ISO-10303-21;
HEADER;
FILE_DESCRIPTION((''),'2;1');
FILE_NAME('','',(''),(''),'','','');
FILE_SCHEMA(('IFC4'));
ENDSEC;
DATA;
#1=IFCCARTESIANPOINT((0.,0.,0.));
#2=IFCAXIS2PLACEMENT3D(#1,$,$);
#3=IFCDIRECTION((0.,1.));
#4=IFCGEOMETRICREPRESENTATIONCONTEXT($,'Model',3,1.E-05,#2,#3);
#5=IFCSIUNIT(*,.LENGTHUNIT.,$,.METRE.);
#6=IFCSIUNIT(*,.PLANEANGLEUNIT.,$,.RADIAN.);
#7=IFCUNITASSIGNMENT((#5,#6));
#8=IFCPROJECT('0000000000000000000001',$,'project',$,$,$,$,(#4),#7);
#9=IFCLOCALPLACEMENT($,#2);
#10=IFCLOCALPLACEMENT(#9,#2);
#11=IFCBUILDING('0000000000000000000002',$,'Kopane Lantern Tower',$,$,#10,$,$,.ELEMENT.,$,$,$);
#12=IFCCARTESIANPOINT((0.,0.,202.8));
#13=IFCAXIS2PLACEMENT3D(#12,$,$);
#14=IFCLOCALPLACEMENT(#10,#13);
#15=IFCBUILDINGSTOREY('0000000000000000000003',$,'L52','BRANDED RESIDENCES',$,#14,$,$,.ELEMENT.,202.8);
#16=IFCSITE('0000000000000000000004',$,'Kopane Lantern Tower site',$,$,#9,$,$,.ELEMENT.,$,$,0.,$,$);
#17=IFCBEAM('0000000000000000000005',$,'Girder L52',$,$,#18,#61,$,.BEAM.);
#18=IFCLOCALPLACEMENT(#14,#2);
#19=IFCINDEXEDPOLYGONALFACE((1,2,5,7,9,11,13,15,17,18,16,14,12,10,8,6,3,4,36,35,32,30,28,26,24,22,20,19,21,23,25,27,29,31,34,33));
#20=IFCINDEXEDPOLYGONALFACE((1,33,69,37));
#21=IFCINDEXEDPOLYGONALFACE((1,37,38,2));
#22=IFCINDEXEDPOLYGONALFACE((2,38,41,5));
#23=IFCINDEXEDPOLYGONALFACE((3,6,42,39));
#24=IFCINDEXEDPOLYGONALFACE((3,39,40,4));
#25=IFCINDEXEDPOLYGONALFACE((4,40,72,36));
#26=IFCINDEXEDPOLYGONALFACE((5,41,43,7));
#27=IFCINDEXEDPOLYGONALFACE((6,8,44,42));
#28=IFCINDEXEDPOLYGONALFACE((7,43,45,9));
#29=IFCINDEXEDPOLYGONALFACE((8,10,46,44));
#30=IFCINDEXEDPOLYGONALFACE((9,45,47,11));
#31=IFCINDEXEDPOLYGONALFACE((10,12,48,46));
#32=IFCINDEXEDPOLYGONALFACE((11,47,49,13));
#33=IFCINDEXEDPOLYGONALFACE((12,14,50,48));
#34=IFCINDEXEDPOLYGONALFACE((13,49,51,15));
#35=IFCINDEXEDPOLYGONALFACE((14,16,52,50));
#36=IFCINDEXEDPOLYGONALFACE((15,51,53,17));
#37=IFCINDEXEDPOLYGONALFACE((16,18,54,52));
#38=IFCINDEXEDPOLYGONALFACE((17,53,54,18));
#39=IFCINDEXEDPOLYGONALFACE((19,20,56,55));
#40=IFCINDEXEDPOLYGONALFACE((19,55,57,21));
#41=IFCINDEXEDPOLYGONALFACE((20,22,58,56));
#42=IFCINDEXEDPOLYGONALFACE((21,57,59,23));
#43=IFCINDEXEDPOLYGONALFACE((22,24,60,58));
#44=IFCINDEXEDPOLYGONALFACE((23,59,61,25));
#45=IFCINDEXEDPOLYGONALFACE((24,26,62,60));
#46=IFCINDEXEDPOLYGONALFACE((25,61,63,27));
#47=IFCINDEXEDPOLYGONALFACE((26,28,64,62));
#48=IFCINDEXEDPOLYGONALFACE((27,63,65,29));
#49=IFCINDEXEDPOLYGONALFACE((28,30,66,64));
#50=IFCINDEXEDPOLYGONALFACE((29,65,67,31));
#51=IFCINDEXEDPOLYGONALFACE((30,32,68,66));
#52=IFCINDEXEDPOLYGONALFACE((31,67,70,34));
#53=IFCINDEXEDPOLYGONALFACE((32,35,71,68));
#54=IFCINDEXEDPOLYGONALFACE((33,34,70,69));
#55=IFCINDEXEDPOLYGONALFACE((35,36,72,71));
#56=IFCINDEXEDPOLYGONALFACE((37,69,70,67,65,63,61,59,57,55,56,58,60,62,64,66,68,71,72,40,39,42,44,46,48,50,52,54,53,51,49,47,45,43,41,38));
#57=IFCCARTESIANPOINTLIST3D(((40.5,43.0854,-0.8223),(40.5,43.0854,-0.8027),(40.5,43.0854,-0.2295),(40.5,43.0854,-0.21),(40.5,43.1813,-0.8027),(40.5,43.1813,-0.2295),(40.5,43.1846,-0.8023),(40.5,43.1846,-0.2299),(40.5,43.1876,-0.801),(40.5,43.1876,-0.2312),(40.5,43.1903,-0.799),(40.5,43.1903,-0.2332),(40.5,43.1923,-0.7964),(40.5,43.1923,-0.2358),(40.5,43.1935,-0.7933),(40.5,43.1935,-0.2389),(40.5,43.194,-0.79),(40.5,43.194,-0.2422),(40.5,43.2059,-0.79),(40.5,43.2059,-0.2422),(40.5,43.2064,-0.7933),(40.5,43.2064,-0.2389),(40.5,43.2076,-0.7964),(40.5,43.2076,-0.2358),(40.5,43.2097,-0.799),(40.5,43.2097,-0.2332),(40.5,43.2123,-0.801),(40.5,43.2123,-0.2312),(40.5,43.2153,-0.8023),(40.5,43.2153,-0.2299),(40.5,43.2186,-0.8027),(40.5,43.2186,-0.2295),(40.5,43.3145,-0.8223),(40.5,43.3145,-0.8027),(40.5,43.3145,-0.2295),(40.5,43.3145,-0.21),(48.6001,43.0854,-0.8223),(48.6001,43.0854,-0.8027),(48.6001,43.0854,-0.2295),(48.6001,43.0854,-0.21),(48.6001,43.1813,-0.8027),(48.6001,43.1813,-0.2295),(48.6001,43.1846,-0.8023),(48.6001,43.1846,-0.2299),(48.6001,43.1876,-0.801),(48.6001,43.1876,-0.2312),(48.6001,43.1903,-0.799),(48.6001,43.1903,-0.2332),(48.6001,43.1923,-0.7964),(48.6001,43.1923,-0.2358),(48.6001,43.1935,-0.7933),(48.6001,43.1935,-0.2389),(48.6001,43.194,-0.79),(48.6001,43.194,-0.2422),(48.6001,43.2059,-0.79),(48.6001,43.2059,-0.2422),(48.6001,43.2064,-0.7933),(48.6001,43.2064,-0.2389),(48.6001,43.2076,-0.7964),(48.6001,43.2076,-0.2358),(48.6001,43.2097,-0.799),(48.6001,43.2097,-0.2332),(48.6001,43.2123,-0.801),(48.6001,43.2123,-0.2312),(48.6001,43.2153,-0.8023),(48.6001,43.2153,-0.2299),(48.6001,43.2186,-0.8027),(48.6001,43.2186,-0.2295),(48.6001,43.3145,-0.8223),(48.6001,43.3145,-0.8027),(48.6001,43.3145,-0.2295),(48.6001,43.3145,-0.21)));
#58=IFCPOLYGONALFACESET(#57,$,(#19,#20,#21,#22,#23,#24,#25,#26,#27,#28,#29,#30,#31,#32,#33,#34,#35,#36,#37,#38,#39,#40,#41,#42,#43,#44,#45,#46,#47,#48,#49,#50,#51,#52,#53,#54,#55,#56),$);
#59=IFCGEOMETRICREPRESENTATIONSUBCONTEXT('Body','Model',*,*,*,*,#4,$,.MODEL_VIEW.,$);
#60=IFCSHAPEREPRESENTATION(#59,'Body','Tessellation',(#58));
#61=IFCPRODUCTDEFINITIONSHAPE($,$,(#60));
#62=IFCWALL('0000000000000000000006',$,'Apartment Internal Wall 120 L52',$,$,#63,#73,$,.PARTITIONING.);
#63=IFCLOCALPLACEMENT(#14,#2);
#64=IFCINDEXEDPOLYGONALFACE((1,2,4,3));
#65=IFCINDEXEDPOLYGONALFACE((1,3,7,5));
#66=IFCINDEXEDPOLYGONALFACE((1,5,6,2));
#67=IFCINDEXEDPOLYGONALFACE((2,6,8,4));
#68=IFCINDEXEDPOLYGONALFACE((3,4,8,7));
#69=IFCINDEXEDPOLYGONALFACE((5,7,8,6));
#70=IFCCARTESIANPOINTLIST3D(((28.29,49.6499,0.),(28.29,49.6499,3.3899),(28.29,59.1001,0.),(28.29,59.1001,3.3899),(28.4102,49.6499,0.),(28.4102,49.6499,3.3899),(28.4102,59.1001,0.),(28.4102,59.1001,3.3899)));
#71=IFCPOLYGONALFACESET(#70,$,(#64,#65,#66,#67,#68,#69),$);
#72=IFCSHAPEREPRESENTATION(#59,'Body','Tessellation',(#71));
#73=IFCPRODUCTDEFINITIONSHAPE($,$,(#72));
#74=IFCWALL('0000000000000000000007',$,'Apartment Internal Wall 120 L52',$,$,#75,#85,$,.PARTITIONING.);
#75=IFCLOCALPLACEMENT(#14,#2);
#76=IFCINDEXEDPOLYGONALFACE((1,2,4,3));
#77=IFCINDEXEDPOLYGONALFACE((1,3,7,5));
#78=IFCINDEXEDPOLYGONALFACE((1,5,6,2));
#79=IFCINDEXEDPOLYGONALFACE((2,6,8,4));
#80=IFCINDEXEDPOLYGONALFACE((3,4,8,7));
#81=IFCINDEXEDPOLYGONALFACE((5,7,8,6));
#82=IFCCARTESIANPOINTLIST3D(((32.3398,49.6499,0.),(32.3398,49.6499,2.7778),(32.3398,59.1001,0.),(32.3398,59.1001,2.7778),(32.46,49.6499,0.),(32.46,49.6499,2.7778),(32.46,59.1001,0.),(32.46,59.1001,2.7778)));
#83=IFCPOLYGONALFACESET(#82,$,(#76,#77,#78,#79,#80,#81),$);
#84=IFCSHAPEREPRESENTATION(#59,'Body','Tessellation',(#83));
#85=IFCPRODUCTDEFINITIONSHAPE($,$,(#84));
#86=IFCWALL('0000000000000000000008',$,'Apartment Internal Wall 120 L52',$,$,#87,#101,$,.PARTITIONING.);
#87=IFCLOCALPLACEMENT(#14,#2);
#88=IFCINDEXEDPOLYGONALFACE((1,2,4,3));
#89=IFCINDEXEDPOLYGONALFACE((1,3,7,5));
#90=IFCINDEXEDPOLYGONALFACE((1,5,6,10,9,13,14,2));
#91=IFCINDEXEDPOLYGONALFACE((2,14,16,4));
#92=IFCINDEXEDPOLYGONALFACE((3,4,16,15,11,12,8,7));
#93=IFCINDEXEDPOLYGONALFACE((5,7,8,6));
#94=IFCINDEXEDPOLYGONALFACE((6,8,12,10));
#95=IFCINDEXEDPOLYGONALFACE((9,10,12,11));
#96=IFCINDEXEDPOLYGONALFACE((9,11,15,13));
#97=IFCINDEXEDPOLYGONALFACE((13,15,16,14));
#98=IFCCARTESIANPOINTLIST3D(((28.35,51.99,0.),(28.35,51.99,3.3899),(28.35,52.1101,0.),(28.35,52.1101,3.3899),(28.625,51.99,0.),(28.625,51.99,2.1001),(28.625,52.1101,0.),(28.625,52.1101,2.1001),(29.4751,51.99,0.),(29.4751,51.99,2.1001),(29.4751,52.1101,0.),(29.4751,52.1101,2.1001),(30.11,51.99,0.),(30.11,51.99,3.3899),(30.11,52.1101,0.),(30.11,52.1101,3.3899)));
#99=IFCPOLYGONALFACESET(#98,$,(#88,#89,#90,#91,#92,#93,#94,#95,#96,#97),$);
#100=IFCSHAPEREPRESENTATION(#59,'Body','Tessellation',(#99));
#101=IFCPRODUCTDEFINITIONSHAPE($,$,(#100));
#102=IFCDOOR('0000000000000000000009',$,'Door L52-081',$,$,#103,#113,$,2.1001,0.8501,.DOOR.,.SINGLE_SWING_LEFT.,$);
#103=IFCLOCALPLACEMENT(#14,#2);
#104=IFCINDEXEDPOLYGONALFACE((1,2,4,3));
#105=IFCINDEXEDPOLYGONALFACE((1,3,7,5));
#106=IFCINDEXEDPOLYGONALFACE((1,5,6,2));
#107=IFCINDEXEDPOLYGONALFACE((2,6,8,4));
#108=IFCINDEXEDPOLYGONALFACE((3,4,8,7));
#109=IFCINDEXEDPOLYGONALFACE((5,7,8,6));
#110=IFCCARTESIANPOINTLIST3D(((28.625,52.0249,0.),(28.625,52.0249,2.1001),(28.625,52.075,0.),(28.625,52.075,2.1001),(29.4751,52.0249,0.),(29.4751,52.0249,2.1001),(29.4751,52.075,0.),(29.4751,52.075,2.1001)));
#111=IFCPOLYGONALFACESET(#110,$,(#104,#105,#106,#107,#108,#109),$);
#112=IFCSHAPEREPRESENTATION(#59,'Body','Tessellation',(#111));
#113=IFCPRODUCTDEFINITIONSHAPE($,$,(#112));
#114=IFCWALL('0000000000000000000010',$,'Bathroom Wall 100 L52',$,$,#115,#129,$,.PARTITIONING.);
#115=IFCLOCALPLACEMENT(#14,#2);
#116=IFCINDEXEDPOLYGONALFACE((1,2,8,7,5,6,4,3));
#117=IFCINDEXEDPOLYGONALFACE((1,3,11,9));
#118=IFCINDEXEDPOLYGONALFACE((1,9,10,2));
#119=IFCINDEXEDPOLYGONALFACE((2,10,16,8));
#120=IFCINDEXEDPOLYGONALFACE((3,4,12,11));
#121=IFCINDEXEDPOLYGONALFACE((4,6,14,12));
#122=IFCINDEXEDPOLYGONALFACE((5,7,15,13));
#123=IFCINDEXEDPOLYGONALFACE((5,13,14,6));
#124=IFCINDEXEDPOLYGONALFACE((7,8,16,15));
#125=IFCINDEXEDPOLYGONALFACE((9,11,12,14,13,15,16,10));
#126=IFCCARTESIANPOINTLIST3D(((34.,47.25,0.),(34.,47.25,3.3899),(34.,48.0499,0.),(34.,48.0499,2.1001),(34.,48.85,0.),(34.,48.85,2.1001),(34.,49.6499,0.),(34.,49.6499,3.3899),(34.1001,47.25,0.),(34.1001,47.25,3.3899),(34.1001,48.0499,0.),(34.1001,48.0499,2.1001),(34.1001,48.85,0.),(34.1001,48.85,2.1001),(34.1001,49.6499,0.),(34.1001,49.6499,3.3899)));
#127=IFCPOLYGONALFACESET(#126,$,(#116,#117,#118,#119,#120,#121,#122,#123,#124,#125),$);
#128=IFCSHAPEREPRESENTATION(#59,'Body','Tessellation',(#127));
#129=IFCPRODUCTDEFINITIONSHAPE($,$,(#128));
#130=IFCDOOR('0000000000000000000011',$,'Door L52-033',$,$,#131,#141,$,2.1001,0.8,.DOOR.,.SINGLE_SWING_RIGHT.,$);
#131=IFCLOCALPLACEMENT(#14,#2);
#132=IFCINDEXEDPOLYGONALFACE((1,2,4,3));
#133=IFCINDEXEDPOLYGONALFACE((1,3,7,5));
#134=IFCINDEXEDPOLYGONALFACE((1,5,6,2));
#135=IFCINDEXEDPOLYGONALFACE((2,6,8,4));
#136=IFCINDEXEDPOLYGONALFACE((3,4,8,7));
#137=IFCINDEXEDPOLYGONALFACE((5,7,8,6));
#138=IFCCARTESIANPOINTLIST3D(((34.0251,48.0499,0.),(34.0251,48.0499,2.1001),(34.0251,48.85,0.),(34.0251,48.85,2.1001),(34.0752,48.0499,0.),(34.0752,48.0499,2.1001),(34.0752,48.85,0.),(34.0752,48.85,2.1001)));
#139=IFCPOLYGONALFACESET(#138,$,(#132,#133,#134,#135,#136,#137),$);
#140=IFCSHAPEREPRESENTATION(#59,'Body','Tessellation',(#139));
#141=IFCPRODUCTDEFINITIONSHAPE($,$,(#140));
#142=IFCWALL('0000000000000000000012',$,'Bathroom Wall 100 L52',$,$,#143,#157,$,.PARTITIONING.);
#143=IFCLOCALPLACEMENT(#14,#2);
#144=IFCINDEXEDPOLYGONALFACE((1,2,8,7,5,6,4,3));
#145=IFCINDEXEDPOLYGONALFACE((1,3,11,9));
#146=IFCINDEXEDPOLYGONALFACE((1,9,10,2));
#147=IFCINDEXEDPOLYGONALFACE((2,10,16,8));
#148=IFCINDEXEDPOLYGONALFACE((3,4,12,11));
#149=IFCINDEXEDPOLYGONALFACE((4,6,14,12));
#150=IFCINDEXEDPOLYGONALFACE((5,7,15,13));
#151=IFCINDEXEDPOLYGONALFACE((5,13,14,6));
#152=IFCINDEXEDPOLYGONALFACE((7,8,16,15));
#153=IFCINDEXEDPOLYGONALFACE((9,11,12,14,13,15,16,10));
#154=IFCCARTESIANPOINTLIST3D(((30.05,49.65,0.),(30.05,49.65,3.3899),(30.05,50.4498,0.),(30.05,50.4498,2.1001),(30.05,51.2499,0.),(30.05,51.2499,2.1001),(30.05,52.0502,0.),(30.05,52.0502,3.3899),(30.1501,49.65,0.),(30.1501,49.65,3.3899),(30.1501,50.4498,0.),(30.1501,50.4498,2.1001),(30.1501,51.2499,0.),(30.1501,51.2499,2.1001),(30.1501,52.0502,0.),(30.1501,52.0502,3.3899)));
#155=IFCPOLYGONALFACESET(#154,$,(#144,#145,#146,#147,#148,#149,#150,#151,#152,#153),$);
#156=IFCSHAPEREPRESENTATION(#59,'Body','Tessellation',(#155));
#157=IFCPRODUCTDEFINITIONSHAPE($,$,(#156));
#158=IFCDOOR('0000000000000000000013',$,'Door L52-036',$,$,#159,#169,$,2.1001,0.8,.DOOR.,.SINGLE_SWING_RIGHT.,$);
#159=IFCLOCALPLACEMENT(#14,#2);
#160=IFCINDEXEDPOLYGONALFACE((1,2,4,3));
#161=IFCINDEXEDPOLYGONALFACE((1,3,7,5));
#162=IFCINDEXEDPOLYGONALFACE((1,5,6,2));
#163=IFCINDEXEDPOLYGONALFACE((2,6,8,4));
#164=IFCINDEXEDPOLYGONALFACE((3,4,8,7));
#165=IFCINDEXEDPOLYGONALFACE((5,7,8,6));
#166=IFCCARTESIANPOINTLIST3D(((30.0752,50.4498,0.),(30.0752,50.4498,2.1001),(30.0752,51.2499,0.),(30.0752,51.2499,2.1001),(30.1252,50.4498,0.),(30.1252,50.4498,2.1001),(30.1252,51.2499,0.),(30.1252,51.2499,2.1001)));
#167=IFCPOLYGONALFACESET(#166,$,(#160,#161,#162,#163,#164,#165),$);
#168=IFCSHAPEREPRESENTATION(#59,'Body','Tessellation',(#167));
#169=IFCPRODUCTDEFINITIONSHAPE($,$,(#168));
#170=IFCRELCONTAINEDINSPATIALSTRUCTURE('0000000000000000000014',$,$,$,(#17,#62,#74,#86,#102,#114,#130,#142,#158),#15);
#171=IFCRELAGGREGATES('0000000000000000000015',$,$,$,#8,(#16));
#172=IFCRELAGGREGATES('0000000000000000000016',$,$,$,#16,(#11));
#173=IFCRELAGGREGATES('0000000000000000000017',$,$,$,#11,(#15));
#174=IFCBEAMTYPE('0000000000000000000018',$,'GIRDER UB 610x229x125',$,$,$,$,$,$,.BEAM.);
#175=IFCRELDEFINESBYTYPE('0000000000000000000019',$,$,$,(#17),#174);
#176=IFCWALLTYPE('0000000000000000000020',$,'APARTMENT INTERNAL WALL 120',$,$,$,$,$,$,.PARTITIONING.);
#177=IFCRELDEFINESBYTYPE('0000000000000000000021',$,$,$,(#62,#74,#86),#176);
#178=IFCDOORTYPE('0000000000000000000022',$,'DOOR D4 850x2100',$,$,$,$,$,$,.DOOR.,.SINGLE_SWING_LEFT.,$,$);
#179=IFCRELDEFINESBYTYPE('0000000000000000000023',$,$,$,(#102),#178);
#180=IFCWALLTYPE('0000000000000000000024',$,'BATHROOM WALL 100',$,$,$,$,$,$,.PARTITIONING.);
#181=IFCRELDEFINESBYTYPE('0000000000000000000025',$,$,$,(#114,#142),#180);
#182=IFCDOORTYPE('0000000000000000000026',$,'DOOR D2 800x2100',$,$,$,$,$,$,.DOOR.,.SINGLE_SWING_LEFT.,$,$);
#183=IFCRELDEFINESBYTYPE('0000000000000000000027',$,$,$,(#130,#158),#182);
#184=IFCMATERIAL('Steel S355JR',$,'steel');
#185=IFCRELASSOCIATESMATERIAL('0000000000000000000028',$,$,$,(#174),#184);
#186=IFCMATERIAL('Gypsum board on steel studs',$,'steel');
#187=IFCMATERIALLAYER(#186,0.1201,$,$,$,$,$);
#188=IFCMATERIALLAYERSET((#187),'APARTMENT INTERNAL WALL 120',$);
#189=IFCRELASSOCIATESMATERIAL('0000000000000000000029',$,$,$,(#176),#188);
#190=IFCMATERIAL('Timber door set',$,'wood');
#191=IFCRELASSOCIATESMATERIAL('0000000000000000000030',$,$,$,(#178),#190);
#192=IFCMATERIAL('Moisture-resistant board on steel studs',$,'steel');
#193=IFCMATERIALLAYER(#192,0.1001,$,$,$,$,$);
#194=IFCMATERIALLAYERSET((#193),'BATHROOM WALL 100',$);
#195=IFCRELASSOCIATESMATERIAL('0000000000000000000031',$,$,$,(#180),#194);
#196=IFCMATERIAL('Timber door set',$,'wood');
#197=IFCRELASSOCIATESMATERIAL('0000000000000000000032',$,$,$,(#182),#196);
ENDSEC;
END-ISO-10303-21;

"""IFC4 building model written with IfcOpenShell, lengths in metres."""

from ifc_helpers import new_model, si_unit, direction, frame, frame_2d, origin, origin_2d, place, context, subcontext, project, spatial, rectangle, i_section, extrude, material, layer, layer_set, material_profile, profile_set, type_object, element, fill, save


model = new_model("IFC4")

# Units and contexts
model_context = context("Model", 3, precision=1e-05, world=origin(), true_north=direction((0.0, 1.0)))
body_context = subcontext(model_context, "Body", "Model", "MODEL_VIEW")
ifc_project = project(units=[si_unit("LENGTHUNIT", "METRE"), si_unit("PLANEANGLEUNIT", "RADIAN")], contexts=[model_context])

# Site, building, storey
site_placement = place(None, origin())
site = spatial("IfcSite", under=ifc_project, at=site_placement, Name="Kopane Lantern Tower site", CompositionType="ELEMENT", RefElevation=0.0)
building_placement = place(site_placement, origin())
building = spatial("IfcBuilding", under=site, at=building_placement, Name="Kopane Lantern Tower", CompositionType="ELEMENT")
storey_placement = place(building_placement, frame((0.0, 0.0, 202.8)))
storey = spatial("IfcBuildingStorey", under=building, at=storey_placement, Name="L52", Description="BRANDED RESIDENCES", CompositionType="ELEMENT", Elevation=202.8)

# Beam
ifc_material_1 = material(Name="Steel S355JR", Category="steel")
ifc_material_profile_1 = material_profile(ifc_material_1, i_section(OverallWidth=0.229, OverallDepth=0.6123, WebThickness=0.012, FlangeThickness=0.0195, FilletRadius=0.0127, at=origin_2d()), Name="UB 610x229x125")
ifc_profile_set_1 = profile_set([ifc_material_profile_1], Name="Steel S355JR")
beam_type = type_object("IfcBeamType", Name="GIRDER UB 610x229x125", PredefinedType="BEAM", material=ifc_profile_set_1)
for number, where, z_axis, x_axis, name in (
    (1, (40.5, 43.2, -0.5161), (1.0, 0.0, 0.0), (0.0, 1.0, 0.0), "Girder L52"),
):
    element("IfcBeam", number, at=place(storey_placement, frame(where, z_axis=z_axis, x_axis=x_axis)), inside=storey, type_object=beam_type, Name=name, PredefinedType="BEAM", context=body_context, shape_type="SweptSolid", body=[
        extrude(i_section(OverallWidth=0.229, OverallDepth=0.6123, WebThickness=0.012, FlangeThickness=0.0195, FilletRadius=0.0127, at=origin_2d()), origin(), (0.0, 0.0, 1.0), 8.1001),
    ])

# Walls
ifc_material_2 = material(Name="Gypsum board on steel studs", Category="steel")
ifc_layer_1 = layer(ifc_material_2, 0.1201)
ifc_layer_set_1 = layer_set([ifc_layer_1], Name="APARTMENT INTERNAL WALL 120")
wall_type_1 = type_object("IfcWallType", Name="APARTMENT INTERNAL WALL 120", PredefinedType="PARTITIONING", material=ifc_layer_set_1)
wall_1_placement = place(storey_placement, frame((28.3501, 49.6499, 0.0), z_axis=(0.0, 0.0, 1.0), x_axis=(0.0, 1.0, 0.0)))
element("IfcWall", 2, at=wall_1_placement, inside=storey, type_object=wall_type_1, Name="Apartment Internal Wall 120 L52", PredefinedType="PARTITIONING", context=body_context, shape_type="SweptSolid", body=[
    extrude(rectangle(XDim=9.4502, YDim=0.1201, at=frame_2d((4.7251, 0.0))), origin(), (0.0, 0.0, 1.0), 3.3899),
])
wall_2_placement = place(storey_placement, frame((32.3999, 49.6499, 0.0), z_axis=(0.0, 0.0, 1.0), x_axis=(0.0, 1.0, 0.0)))
element("IfcWall", 3, at=wall_2_placement, inside=storey, type_object=wall_type_1, Name="Apartment Internal Wall 120 L52", PredefinedType="PARTITIONING", context=body_context, shape_type="SweptSolid", body=[
    extrude(rectangle(XDim=9.4502, YDim=0.1201, at=frame_2d((4.7251, 0.0))), origin(), (0.0, 0.0, 1.0), 2.7778),
])

# Walls, openings, doors
wall_3_placement = place(storey_placement, frame((28.3501, 52.05, 0.0), z_axis=(0.0, 0.0, 1.0), x_axis=(1.0, 0.0, 0.0)))
wall_3 = element("IfcWall", 4, at=wall_3_placement, inside=storey, type_object=wall_type_1, Name="Apartment Internal Wall 120 L52", PredefinedType="PARTITIONING", context=body_context, shape_type="SweptSolid", body=[
    extrude(rectangle(XDim=1.76, YDim=0.1201, at=frame_2d((0.8799, 0.0))), origin(), (0.0, 0.0, 1.0), 3.3899),
])
opening_1_placement = place(wall_3_placement, frame((0.2749, 0.0, 0.0)))
opening_1 = element("IfcOpeningElement", 5, at=opening_1_placement, cuts=wall_3, PredefinedType="OPENING", context=body_context, shape_type="SweptSolid", body=[
    extrude(rectangle(XDim=0.8501, YDim=2.1001, at=frame_2d((0.425, 1.05))), frame((0.0, 0.0701, 0.0), z_axis=(0.0, -1.0, 0.0), x_axis=(1.0, 0.0, 0.0)), (0.0, 0.0, 1.0), 0.1401),
])
ifc_material_3 = material(Name="Timber door set", Category="wood")
door_type_1 = type_object("IfcDoorType", Name="DOOR D4 850x2100", OperationType="SINGLE_SWING_LEFT", PredefinedType="DOOR", material=ifc_material_3)
door_1_placement = place(opening_1_placement, origin())
door_1 = element("IfcDoor", 6, at=door_1_placement, inside=storey, type_object=door_type_1, Name="Door L52-081", OperationType="SINGLE_SWING_LEFT", OverallHeight=2.1001, OverallWidth=0.8501, PredefinedType="DOOR", context=body_context, shape_type="SweptSolid", body=[
    extrude(rectangle(XDim=0.8501, YDim=2.1001, at=frame_2d((0.425, 1.05))), frame((0.0, 0.0249, 0.0), z_axis=(0.0, -1.0, 0.0), x_axis=(1.0, 0.0, 0.0)), (0.0, 0.0, 1.0), 0.05),
])
fill(opening_1, door_1)
ifc_material_4 = material(Name="Moisture-resistant board on steel studs", Category="steel")
ifc_layer_2 = layer(ifc_material_4, 0.1001)
ifc_layer_set_2 = layer_set([ifc_layer_2], Name="BATHROOM WALL 100")
wall_type_2 = type_object("IfcWallType", Name="BATHROOM WALL 100", PredefinedType="PARTITIONING", material=ifc_layer_set_2)
wall_4_placement = place(storey_placement, frame((34.05, 47.25, 0.0), z_axis=(0.0, 0.0, 1.0), x_axis=(0.0, 1.0, 0.0)))
wall_4 = element("IfcWall", 7, at=wall_4_placement, inside=storey, type_object=wall_type_2, Name="Bathroom Wall 100 L52", PredefinedType="PARTITIONING", context=body_context, shape_type="SweptSolid", body=[
    extrude(rectangle(XDim=2.3999, YDim=0.1001, at=frame_2d((1.2, 0.0))), origin(), (0.0, 0.0, 1.0), 3.3899),
])
opening_2_placement = place(wall_4_placement, frame((0.8, 0.0, 0.0)))
opening_2 = element("IfcOpeningElement", 8, at=opening_2_placement, cuts=wall_4, PredefinedType="OPENING", context=body_context, shape_type="SweptSolid", body=[
    extrude(rectangle(XDim=0.8, YDim=2.1001, at=frame_2d((0.3999, 1.05))), frame((0.0, 0.0601, 0.0), z_axis=(0.0, -1.0, 0.0), x_axis=(1.0, 0.0, 0.0)), (0.0, 0.0, 1.0), 0.1201),
])
ifc_material_5 = material(Name="Timber door set", Category="wood")
door_type_2 = type_object("IfcDoorType", Name="DOOR D2 800x2100", OperationType="SINGLE_SWING_LEFT", PredefinedType="DOOR", material=ifc_material_5)
door_2_placement = place(opening_2_placement, origin())
door_2 = element("IfcDoor", 9, at=door_2_placement, inside=storey, type_object=door_type_2, Name="Door L52-033", OperationType="SINGLE_SWING_RIGHT", OverallHeight=2.1001, OverallWidth=0.8, PredefinedType="DOOR", context=body_context, shape_type="SweptSolid", body=[
    extrude(rectangle(XDim=0.8, YDim=2.1001, at=frame_2d((0.3999, 1.05))), frame((0.0, 0.0249, 0.0), z_axis=(0.0, -1.0, 0.0), x_axis=(1.0, 0.0, 0.0)), (0.0, 0.0, 1.0), 0.05),
])
fill(opening_2, door_2)
wall_5_placement = place(storey_placement, frame((30.1001, 49.6499, 0.0), z_axis=(0.0, 0.0, 1.0), x_axis=(0.0, 1.0, 0.0)))
wall_5 = element("IfcWall", 10, at=wall_5_placement, inside=storey, type_object=wall_type_2, Name="Bathroom Wall 100 L52", PredefinedType="PARTITIONING", context=body_context, shape_type="SweptSolid", body=[
    extrude(rectangle(XDim=2.4001, YDim=0.1001, at=frame_2d((1.2002, 0.0))), origin(), (0.0, 0.0, 1.0), 3.3899),
])
opening_3_placement = place(wall_5_placement, frame((0.8, 0.0, 0.0)))
opening_3 = element("IfcOpeningElement", 11, at=opening_3_placement, cuts=wall_5, PredefinedType="OPENING", context=body_context, shape_type="SweptSolid", body=[
    extrude(rectangle(XDim=0.8, YDim=2.1001, at=frame_2d((0.3999, 1.05))), frame((0.0, 0.0601, 0.0), z_axis=(0.0, -1.0, 0.0), x_axis=(1.0, 0.0, 0.0)), (0.0, 0.0, 1.0), 0.1201),
])
door_3_placement = place(opening_3_placement, origin())
door_3 = element("IfcDoor", 12, at=door_3_placement, inside=storey, type_object=door_type_2, Name="Door L52-036", OperationType="SINGLE_SWING_RIGHT", OverallHeight=2.1001, OverallWidth=0.8, PredefinedType="DOOR", context=body_context, shape_type="SweptSolid", body=[
    extrude(rectangle(XDim=0.8, YDim=2.1001, at=frame_2d((0.3999, 1.05))), frame((0.0, 0.0249, 0.0), z_axis=(0.0, -1.0, 0.0), x_axis=(1.0, 0.0, 0.0)), (0.0, 0.0, 1.0), 0.05),
])
fill(opening_3, door_3)

save(model, "model.ifc")
